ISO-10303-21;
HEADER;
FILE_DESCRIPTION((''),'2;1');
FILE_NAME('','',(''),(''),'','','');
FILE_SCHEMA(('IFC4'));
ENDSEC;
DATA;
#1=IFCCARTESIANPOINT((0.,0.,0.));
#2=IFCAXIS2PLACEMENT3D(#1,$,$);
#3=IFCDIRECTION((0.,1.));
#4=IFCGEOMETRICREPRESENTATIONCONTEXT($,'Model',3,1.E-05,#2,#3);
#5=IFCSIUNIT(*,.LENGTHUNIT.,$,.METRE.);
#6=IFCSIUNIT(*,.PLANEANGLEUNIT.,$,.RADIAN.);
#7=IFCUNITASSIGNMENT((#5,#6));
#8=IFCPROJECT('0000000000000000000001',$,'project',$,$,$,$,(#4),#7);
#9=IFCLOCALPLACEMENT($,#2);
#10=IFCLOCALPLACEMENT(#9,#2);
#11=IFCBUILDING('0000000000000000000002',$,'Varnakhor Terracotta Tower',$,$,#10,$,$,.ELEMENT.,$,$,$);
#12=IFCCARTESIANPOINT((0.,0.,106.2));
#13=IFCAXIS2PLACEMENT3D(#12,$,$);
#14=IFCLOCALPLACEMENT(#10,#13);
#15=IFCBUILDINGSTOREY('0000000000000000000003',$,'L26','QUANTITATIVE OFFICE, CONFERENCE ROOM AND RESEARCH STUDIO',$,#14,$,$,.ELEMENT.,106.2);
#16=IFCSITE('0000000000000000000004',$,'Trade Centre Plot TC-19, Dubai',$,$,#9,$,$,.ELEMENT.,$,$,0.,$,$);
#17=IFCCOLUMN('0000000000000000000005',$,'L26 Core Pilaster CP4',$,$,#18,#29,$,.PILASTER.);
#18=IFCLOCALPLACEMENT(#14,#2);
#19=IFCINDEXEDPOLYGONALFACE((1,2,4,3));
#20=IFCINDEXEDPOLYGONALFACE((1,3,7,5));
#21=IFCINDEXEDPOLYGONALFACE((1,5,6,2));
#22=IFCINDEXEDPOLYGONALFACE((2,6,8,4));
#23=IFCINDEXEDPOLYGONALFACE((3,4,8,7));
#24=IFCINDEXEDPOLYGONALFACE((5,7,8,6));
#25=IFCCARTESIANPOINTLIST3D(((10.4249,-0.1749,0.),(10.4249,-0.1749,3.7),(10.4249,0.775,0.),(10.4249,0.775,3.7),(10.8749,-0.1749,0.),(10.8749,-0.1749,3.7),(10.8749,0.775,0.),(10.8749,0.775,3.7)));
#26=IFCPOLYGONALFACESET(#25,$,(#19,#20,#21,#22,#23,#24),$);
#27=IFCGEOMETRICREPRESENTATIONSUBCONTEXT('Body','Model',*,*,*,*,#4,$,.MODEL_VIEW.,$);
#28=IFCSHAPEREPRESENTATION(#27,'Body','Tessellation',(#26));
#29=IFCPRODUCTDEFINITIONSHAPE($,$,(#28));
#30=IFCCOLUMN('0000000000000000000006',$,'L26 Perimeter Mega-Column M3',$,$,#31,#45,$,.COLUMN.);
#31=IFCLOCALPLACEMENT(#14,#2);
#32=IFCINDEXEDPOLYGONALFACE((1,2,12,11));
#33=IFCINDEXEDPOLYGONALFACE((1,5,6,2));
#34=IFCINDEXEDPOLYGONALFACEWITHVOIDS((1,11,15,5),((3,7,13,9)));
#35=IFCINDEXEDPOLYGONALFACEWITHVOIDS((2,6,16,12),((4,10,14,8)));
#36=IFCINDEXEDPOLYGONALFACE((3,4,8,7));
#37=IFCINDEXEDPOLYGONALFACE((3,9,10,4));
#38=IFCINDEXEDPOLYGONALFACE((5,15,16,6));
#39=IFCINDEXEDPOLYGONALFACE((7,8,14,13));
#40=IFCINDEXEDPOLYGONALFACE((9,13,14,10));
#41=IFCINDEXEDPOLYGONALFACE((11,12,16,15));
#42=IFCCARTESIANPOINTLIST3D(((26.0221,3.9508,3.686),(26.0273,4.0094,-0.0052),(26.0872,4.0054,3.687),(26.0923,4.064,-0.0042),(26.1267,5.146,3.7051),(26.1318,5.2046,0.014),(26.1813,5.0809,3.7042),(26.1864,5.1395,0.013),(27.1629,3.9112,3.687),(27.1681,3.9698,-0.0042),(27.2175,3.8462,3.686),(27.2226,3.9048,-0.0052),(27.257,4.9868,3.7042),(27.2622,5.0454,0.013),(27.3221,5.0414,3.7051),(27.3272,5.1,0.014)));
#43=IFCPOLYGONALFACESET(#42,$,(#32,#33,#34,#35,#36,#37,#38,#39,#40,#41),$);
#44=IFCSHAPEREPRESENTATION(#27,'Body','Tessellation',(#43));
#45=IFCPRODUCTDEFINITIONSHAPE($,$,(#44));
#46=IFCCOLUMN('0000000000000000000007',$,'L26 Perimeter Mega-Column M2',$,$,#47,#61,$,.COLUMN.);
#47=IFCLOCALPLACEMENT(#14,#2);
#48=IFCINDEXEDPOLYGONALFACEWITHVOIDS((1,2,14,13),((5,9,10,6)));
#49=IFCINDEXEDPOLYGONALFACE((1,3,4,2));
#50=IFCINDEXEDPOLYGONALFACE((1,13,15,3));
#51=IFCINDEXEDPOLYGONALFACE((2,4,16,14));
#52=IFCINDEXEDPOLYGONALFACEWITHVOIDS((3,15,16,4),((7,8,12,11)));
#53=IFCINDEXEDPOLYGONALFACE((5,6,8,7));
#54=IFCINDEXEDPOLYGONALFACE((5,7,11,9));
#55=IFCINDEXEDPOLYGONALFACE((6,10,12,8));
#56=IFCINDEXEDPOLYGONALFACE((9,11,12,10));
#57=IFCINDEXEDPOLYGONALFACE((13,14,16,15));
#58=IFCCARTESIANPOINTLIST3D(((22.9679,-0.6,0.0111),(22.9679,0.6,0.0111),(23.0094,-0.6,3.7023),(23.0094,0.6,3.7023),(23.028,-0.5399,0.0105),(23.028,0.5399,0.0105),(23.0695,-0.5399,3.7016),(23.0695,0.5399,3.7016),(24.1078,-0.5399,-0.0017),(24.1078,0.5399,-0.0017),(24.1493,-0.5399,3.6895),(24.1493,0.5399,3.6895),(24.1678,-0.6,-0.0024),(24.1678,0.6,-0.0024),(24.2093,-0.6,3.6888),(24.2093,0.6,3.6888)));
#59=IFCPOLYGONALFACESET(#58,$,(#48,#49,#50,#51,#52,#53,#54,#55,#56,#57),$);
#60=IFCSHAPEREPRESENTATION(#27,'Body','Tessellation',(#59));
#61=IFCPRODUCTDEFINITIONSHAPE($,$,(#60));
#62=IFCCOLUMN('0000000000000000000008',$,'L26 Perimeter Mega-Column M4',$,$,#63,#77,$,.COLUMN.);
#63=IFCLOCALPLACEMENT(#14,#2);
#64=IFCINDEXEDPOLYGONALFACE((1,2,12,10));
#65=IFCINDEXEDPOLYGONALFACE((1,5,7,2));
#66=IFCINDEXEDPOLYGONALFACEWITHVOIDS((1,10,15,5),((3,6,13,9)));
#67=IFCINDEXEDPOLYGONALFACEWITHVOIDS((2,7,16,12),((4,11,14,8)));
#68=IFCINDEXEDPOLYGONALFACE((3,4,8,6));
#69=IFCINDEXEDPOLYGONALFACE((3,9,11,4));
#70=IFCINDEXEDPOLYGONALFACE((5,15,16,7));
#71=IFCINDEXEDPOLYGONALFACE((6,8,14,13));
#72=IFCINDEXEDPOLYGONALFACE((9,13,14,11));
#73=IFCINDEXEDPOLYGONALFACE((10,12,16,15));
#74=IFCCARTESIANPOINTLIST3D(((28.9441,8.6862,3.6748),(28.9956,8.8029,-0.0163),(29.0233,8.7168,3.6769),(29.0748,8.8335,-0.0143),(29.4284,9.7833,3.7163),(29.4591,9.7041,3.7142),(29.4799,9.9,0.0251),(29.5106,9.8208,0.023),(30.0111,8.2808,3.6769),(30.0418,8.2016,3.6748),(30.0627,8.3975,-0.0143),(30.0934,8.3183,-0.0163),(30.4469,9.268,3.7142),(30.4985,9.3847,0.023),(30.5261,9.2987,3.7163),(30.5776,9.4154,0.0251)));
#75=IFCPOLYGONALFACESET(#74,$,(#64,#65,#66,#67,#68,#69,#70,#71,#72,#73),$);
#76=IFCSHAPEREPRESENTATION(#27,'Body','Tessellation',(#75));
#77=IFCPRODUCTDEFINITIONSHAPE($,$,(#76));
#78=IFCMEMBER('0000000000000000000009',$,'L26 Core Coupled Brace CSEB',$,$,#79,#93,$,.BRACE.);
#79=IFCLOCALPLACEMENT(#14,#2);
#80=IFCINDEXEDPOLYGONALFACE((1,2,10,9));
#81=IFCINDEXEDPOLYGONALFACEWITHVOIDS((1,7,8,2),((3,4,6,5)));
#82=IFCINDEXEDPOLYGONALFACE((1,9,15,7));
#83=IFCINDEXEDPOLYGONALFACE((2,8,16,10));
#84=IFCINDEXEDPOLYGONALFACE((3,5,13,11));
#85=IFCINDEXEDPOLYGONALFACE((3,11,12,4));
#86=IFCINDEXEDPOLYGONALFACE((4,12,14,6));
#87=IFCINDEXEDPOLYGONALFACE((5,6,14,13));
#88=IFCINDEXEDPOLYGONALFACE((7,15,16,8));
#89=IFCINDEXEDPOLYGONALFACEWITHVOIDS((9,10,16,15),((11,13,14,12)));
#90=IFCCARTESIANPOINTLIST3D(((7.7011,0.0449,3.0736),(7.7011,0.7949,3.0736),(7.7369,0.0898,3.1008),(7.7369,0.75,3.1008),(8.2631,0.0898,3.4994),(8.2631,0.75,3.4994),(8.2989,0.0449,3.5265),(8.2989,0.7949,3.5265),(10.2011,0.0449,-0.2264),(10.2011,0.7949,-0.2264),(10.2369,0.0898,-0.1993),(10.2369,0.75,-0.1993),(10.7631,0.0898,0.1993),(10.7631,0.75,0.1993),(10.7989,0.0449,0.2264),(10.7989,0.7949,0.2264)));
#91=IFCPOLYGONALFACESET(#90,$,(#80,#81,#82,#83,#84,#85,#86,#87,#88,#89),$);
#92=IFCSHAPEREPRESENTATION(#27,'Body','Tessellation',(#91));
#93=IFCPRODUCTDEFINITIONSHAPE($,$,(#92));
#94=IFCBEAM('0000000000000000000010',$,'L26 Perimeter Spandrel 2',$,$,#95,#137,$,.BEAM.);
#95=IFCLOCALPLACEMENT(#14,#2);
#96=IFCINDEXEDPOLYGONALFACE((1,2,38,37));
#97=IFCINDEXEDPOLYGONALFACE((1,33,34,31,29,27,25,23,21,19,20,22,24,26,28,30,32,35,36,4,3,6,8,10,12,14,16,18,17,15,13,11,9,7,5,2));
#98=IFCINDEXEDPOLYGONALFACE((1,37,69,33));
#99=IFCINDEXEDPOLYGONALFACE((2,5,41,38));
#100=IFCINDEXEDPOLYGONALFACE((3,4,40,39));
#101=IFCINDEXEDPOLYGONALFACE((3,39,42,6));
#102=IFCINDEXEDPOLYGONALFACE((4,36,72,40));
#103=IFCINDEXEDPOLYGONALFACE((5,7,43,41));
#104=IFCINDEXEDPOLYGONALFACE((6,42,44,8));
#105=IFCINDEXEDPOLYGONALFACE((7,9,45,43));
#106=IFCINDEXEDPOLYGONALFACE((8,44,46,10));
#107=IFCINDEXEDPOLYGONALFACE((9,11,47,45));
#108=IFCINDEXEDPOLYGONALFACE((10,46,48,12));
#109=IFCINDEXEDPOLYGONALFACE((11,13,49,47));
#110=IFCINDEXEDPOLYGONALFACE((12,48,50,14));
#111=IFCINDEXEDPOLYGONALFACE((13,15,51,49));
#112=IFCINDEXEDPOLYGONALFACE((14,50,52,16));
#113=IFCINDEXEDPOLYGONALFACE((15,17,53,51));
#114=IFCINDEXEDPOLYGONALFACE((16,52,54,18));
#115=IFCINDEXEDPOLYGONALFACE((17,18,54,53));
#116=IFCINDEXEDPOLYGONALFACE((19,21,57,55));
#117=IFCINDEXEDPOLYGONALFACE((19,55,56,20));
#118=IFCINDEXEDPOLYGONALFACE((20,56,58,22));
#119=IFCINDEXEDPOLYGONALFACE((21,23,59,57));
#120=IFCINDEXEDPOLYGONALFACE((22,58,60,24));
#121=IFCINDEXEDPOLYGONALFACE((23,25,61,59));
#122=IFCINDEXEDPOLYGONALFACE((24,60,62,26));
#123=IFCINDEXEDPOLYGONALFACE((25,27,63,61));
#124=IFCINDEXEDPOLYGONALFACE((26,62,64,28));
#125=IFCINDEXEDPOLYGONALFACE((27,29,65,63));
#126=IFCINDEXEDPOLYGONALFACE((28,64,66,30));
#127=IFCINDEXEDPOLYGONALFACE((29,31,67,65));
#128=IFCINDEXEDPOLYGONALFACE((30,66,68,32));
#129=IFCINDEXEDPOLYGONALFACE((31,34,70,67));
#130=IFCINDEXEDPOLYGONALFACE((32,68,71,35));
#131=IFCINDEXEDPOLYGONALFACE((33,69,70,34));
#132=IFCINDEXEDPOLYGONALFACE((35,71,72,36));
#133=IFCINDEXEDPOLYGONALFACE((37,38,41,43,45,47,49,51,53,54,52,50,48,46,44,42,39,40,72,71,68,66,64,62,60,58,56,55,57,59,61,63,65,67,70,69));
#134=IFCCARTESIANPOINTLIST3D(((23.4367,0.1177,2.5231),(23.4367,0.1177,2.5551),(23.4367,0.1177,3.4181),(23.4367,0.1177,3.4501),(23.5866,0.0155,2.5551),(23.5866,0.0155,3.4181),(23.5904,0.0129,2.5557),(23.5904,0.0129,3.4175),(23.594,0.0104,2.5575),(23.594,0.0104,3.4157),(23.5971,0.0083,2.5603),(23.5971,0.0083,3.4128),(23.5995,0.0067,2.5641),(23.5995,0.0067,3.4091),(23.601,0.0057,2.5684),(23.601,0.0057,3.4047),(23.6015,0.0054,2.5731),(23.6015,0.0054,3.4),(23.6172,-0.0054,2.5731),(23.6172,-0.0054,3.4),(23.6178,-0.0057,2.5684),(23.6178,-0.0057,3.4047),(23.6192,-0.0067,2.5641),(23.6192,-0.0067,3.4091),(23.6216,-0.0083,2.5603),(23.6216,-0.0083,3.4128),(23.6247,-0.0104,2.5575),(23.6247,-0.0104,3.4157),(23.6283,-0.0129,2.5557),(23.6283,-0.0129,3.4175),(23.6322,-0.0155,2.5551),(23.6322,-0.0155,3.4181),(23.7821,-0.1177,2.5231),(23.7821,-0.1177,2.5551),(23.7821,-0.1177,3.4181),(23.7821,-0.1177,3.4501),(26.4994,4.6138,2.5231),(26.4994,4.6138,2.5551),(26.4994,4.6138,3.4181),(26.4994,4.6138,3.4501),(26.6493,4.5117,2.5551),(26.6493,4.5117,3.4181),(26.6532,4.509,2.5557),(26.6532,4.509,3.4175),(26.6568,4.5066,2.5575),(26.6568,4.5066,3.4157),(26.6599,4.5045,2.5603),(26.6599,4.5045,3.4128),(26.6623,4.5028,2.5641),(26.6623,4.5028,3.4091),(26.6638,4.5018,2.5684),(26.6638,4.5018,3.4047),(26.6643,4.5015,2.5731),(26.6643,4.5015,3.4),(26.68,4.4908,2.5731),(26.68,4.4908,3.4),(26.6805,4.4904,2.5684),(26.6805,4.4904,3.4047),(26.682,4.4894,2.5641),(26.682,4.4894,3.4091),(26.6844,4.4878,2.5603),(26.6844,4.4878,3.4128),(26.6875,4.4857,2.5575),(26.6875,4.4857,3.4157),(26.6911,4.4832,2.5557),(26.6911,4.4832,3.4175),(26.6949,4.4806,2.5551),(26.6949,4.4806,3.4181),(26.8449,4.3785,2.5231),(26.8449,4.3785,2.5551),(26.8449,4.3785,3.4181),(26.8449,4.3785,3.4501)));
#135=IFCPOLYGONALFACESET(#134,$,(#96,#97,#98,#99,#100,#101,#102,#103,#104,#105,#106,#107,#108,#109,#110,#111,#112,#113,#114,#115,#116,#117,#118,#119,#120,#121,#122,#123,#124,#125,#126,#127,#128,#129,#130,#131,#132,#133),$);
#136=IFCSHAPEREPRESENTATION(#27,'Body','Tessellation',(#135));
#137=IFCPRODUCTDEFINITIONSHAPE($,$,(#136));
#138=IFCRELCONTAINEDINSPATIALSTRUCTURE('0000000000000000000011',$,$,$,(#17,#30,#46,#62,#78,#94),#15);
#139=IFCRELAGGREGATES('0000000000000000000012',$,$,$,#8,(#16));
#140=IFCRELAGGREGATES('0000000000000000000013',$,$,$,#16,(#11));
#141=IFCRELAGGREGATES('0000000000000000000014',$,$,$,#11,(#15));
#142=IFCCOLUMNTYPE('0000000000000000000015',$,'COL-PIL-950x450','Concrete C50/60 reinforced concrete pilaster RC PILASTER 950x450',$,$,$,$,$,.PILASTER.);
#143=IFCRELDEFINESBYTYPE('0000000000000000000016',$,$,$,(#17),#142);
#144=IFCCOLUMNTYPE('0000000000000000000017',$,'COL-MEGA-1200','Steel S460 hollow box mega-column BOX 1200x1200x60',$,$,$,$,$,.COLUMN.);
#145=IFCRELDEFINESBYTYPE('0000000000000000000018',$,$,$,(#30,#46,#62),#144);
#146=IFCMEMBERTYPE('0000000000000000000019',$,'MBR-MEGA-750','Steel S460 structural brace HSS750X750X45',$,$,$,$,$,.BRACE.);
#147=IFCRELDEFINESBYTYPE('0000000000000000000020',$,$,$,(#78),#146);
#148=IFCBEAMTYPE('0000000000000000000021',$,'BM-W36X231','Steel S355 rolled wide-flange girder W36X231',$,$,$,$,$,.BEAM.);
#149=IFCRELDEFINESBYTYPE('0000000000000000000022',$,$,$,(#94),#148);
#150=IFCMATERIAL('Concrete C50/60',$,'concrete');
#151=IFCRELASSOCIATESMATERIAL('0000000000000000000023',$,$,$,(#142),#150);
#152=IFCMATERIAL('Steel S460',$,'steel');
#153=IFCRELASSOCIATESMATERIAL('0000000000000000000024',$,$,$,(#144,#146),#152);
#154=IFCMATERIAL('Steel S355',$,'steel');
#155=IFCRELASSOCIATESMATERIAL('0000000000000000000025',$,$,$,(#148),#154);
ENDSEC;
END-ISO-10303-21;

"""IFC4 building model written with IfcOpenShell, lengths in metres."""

from ifc_helpers import new_model, si_unit, direction, frame, origin, origin_2d, place, context, subcontext, project, spatial, rectangle, hollow_rectangle, i_section, extrude, source, transform, mapped, material, material_profile, profile_set, type_object, type_shapes, element, save


model = new_model("IFC4")

# Units and contexts
model_context = context("Model", 3, precision=1e-05, world=origin(), true_north=direction((0.0, 1.0)))
body_context = subcontext(model_context, "Body", "Model", "MODEL_VIEW")
ifc_project = project(units=[si_unit("LENGTHUNIT", "METRE"), si_unit("PLANEANGLEUNIT", "RADIAN")], contexts=[model_context])

# Site, building, storey
site_placement = place(None, origin())
site = spatial("IfcSite", under=ifc_project, at=site_placement, Name="Trade Centre Plot TC-19, Dubai", CompositionType="ELEMENT", RefElevation=0.0)
building_placement = place(site_placement, origin())
building = spatial("IfcBuilding", under=site, at=building_placement, Name="Varnakhor Terracotta Tower", CompositionType="ELEMENT")
storey_placement = place(building_placement, frame((0.0, 0.0, 106.2)))
storey = spatial("IfcBuildingStorey", under=building, at=storey_placement, Name="L26", Description="QUANTITATIVE OFFICE, CONFERENCE ROOM AND RESEARCH STUDIO", CompositionType="ELEMENT", Elevation=106.2)

# Columns
ifc_material_1 = material(Name="Concrete C50/60", Category="concrete")
ifc_material_profile_1 = material_profile(ifc_material_1, rectangle(XDim=0.45, YDim=0.95, at=origin_2d()), Name="RC PILASTER 950x450")
ifc_profile_set_1 = profile_set([ifc_material_profile_1], Name="Concrete C50/60")
column_type_1 = type_object("IfcColumnType", Name="COL-PIL-950x450", Description="Concrete C50/60 reinforced concrete pilaster RC PILASTER 950x450", PredefinedType="PILASTER", material=ifc_profile_set_1)
shared_shape_1 = source(origin(), body_context, "Body", "SweptSolid", [
    extrude(rectangle(XDim=0.45, YDim=0.95, at=origin_2d()), origin(), (0.0, 0.0, 1.0), 3.7),
])
column_1_placement = place(storey_placement, frame((10.6499, 0.3, 0.0), z_axis=(0.0, 0.0, 1.0), x_axis=(1.0, 0.0, 0.0)))
element("IfcColumn", 1, at=column_1_placement, inside=storey, type_object=column_type_1, Name="L26 Core Pilaster CP4", PredefinedType="PILASTER", context=body_context, shape_type="MappedRepresentation", body=[
    mapped(shared_shape_1, transform((0.0, 0.0, 0.0), scale=1.0)),
])
ifc_material_2 = material(Name="Steel S460", Category="steel")
ifc_material_profile_2 = material_profile(ifc_material_2, hollow_rectangle(XDim=1.2, YDim=1.2, WallThickness=0.0601, at=origin_2d()), Name="BOX 1200x1200x60")
ifc_profile_set_2 = profile_set([ifc_material_profile_2], Name="Steel S460")
column_type_2 = type_object("IfcColumnType", Name="COL-MEGA-1200", Description="Steel S460 hollow box mega-column BOX 1200x1200x60", PredefinedType="COLUMN", material=ifc_profile_set_2)
shared_shape_2 = source(origin(), body_context, "Body", "SweptSolid", [
    extrude(hollow_rectangle(XDim=1.2, YDim=1.2, WallThickness=0.0601, at=origin_2d()), origin(), (0.0, 0.0, 1.0), 3.6917),
])
type_shapes(column_type_2, [shared_shape_2])
column_2_placement = place(storey_placement, frame((26.6772, 4.5547, 0.0044), z_axis=(-0.001389, -0.015872, 0.999873), x_axis=(0.996194, -0.087167, 0.0)))
element("IfcColumn", 2, at=column_2_placement, inside=storey, type_object=column_type_2, Name="L26 Perimeter Mega-Column M3", PredefinedType="COLUMN", context=body_context, shape_type="MappedRepresentation", body=[
    mapped(shared_shape_2, transform((0.0, 0.0, 0.0), scale=1.0)),
])
shared_shape_3 = source(origin(), body_context, "Body", "SweptSolid", [
    extrude(hollow_rectangle(XDim=1.2, YDim=1.2, WallThickness=0.0601, at=origin_2d()), origin(), (0.0, 0.0, 1.0), 3.6914),
])
column_3_placement = place(storey_placement, frame((23.5679, 0.0, 0.0044), z_axis=(0.011243, 0.0, 0.999937), x_axis=(0.0, 1.0, 0.0)))
element("IfcColumn", 3, at=column_3_placement, inside=storey, type_object=column_type_2, Name="L26 Perimeter Mega-Column M2", PredefinedType="COLUMN", context=body_context, shape_type="MappedRepresentation", body=[
    mapped(shared_shape_3, transform((0.0, 0.0, 0.0), scale=1.0)),
])
shared_shape_4 = source(origin(), body_context, "Body", "SweptSolid", [
    extrude(hollow_rectangle(XDim=1.2, YDim=1.2, WallThickness=0.0601, at=origin_2d()), origin(), (0.0, 0.0, 1.0), 3.6934),
])
column_4_placement = place(storey_placement, frame((29.7866, 9.1091, 0.0044), z_axis=(-0.013948, -0.031597, 0.999403), x_axis=(0.914835, -0.403829, 0.0)))
element("IfcColumn", 4, at=column_4_placement, inside=storey, type_object=column_type_2, Name="L26 Perimeter Mega-Column M4", PredefinedType="COLUMN", context=body_context, shape_type="MappedRepresentation", body=[
    mapped(shared_shape_4, transform((0.0, 0.0, 0.0), scale=1.0)),
])

# Member
ifc_material_profile_3 = material_profile(ifc_material_2, hollow_rectangle(XDim=0.75, YDim=0.75, WallThickness=0.0449, at=origin_2d()), Name="HSS750X750X45")
ifc_profile_set_3 = profile_set([ifc_material_profile_3], Name="Steel S460")
member_type_1 = type_object("IfcMemberType", Name="MBR-MEGA-750", Description="Steel S460 structural brace HSS750X750X45", PredefinedType="BRACE", material=ifc_profile_set_3)
shared_shape_5 = source(origin(), body_context, "Body", "SweptSolid", [
    extrude(hollow_rectangle(XDim=0.75, YDim=0.75, WallThickness=0.0449, at=origin_2d()), origin(), (0.0, 0.0, 1.0), 4.1401),
])
type_shapes(member_type_1, [shared_shape_5])
member_1_placement = place(storey_placement, frame((10.5, 0.4199, 0.0), z_axis=(-0.603852, 0.0, 0.797096), x_axis=(0.0, -1.0, 0.0)))
element("IfcMember", 5, at=member_1_placement, inside=storey, type_object=member_type_1, Name="L26 Core Coupled Brace CSEB", PredefinedType="BRACE", context=body_context, shape_type="MappedRepresentation", body=[
    mapped(shared_shape_5, transform((0.0, 0.0, 0.0), scale=1.0)),
])

# Beam
ifc_material_3 = material(Name="Steel S355", Category="steel")
ifc_material_profile_4 = material_profile(ifc_material_3, i_section(OverallWidth=0.418, OverallDepth=0.927, WebThickness=0.019, FlangeThickness=0.032, FilletRadius=0.0181, at=origin_2d()), Name="W36X231")
ifc_profile_set_4 = profile_set([ifc_material_profile_4], Name="Steel S355")
beam_type_1 = type_object("IfcBeamType", Name="BM-W36X231", Description="Steel S355 rolled wide-flange girder W36X231", PredefinedType="BEAM", material=ifc_profile_set_4)
shared_shape_6 = source(origin(), body_context, "Body", "SweptSolid", [
    extrude(i_section(OverallWidth=0.418, OverallDepth=0.927, WebThickness=0.019, FlangeThickness=0.032, FilletRadius=0.0181, at=origin_2d()), origin(), (0.0, 0.0, 1.0), 5.4402),
])
beam_1_placement = place(storey_placement, frame((23.6094, 0.0, 2.9866), z_axis=(0.562989, 0.826465, 0.0), x_axis=(-0.826465, 0.562989, 0.0)))
element("IfcBeam", 6, at=beam_1_placement, inside=storey, type_object=beam_type_1, Name="L26 Perimeter Spandrel 2", PredefinedType="BEAM", context=body_context, shape_type="MappedRepresentation", body=[
    mapped(shared_shape_6, transform((0.0, 0.0, 0.0), scale=1.0)),
])

save(model, "model.ifc")
